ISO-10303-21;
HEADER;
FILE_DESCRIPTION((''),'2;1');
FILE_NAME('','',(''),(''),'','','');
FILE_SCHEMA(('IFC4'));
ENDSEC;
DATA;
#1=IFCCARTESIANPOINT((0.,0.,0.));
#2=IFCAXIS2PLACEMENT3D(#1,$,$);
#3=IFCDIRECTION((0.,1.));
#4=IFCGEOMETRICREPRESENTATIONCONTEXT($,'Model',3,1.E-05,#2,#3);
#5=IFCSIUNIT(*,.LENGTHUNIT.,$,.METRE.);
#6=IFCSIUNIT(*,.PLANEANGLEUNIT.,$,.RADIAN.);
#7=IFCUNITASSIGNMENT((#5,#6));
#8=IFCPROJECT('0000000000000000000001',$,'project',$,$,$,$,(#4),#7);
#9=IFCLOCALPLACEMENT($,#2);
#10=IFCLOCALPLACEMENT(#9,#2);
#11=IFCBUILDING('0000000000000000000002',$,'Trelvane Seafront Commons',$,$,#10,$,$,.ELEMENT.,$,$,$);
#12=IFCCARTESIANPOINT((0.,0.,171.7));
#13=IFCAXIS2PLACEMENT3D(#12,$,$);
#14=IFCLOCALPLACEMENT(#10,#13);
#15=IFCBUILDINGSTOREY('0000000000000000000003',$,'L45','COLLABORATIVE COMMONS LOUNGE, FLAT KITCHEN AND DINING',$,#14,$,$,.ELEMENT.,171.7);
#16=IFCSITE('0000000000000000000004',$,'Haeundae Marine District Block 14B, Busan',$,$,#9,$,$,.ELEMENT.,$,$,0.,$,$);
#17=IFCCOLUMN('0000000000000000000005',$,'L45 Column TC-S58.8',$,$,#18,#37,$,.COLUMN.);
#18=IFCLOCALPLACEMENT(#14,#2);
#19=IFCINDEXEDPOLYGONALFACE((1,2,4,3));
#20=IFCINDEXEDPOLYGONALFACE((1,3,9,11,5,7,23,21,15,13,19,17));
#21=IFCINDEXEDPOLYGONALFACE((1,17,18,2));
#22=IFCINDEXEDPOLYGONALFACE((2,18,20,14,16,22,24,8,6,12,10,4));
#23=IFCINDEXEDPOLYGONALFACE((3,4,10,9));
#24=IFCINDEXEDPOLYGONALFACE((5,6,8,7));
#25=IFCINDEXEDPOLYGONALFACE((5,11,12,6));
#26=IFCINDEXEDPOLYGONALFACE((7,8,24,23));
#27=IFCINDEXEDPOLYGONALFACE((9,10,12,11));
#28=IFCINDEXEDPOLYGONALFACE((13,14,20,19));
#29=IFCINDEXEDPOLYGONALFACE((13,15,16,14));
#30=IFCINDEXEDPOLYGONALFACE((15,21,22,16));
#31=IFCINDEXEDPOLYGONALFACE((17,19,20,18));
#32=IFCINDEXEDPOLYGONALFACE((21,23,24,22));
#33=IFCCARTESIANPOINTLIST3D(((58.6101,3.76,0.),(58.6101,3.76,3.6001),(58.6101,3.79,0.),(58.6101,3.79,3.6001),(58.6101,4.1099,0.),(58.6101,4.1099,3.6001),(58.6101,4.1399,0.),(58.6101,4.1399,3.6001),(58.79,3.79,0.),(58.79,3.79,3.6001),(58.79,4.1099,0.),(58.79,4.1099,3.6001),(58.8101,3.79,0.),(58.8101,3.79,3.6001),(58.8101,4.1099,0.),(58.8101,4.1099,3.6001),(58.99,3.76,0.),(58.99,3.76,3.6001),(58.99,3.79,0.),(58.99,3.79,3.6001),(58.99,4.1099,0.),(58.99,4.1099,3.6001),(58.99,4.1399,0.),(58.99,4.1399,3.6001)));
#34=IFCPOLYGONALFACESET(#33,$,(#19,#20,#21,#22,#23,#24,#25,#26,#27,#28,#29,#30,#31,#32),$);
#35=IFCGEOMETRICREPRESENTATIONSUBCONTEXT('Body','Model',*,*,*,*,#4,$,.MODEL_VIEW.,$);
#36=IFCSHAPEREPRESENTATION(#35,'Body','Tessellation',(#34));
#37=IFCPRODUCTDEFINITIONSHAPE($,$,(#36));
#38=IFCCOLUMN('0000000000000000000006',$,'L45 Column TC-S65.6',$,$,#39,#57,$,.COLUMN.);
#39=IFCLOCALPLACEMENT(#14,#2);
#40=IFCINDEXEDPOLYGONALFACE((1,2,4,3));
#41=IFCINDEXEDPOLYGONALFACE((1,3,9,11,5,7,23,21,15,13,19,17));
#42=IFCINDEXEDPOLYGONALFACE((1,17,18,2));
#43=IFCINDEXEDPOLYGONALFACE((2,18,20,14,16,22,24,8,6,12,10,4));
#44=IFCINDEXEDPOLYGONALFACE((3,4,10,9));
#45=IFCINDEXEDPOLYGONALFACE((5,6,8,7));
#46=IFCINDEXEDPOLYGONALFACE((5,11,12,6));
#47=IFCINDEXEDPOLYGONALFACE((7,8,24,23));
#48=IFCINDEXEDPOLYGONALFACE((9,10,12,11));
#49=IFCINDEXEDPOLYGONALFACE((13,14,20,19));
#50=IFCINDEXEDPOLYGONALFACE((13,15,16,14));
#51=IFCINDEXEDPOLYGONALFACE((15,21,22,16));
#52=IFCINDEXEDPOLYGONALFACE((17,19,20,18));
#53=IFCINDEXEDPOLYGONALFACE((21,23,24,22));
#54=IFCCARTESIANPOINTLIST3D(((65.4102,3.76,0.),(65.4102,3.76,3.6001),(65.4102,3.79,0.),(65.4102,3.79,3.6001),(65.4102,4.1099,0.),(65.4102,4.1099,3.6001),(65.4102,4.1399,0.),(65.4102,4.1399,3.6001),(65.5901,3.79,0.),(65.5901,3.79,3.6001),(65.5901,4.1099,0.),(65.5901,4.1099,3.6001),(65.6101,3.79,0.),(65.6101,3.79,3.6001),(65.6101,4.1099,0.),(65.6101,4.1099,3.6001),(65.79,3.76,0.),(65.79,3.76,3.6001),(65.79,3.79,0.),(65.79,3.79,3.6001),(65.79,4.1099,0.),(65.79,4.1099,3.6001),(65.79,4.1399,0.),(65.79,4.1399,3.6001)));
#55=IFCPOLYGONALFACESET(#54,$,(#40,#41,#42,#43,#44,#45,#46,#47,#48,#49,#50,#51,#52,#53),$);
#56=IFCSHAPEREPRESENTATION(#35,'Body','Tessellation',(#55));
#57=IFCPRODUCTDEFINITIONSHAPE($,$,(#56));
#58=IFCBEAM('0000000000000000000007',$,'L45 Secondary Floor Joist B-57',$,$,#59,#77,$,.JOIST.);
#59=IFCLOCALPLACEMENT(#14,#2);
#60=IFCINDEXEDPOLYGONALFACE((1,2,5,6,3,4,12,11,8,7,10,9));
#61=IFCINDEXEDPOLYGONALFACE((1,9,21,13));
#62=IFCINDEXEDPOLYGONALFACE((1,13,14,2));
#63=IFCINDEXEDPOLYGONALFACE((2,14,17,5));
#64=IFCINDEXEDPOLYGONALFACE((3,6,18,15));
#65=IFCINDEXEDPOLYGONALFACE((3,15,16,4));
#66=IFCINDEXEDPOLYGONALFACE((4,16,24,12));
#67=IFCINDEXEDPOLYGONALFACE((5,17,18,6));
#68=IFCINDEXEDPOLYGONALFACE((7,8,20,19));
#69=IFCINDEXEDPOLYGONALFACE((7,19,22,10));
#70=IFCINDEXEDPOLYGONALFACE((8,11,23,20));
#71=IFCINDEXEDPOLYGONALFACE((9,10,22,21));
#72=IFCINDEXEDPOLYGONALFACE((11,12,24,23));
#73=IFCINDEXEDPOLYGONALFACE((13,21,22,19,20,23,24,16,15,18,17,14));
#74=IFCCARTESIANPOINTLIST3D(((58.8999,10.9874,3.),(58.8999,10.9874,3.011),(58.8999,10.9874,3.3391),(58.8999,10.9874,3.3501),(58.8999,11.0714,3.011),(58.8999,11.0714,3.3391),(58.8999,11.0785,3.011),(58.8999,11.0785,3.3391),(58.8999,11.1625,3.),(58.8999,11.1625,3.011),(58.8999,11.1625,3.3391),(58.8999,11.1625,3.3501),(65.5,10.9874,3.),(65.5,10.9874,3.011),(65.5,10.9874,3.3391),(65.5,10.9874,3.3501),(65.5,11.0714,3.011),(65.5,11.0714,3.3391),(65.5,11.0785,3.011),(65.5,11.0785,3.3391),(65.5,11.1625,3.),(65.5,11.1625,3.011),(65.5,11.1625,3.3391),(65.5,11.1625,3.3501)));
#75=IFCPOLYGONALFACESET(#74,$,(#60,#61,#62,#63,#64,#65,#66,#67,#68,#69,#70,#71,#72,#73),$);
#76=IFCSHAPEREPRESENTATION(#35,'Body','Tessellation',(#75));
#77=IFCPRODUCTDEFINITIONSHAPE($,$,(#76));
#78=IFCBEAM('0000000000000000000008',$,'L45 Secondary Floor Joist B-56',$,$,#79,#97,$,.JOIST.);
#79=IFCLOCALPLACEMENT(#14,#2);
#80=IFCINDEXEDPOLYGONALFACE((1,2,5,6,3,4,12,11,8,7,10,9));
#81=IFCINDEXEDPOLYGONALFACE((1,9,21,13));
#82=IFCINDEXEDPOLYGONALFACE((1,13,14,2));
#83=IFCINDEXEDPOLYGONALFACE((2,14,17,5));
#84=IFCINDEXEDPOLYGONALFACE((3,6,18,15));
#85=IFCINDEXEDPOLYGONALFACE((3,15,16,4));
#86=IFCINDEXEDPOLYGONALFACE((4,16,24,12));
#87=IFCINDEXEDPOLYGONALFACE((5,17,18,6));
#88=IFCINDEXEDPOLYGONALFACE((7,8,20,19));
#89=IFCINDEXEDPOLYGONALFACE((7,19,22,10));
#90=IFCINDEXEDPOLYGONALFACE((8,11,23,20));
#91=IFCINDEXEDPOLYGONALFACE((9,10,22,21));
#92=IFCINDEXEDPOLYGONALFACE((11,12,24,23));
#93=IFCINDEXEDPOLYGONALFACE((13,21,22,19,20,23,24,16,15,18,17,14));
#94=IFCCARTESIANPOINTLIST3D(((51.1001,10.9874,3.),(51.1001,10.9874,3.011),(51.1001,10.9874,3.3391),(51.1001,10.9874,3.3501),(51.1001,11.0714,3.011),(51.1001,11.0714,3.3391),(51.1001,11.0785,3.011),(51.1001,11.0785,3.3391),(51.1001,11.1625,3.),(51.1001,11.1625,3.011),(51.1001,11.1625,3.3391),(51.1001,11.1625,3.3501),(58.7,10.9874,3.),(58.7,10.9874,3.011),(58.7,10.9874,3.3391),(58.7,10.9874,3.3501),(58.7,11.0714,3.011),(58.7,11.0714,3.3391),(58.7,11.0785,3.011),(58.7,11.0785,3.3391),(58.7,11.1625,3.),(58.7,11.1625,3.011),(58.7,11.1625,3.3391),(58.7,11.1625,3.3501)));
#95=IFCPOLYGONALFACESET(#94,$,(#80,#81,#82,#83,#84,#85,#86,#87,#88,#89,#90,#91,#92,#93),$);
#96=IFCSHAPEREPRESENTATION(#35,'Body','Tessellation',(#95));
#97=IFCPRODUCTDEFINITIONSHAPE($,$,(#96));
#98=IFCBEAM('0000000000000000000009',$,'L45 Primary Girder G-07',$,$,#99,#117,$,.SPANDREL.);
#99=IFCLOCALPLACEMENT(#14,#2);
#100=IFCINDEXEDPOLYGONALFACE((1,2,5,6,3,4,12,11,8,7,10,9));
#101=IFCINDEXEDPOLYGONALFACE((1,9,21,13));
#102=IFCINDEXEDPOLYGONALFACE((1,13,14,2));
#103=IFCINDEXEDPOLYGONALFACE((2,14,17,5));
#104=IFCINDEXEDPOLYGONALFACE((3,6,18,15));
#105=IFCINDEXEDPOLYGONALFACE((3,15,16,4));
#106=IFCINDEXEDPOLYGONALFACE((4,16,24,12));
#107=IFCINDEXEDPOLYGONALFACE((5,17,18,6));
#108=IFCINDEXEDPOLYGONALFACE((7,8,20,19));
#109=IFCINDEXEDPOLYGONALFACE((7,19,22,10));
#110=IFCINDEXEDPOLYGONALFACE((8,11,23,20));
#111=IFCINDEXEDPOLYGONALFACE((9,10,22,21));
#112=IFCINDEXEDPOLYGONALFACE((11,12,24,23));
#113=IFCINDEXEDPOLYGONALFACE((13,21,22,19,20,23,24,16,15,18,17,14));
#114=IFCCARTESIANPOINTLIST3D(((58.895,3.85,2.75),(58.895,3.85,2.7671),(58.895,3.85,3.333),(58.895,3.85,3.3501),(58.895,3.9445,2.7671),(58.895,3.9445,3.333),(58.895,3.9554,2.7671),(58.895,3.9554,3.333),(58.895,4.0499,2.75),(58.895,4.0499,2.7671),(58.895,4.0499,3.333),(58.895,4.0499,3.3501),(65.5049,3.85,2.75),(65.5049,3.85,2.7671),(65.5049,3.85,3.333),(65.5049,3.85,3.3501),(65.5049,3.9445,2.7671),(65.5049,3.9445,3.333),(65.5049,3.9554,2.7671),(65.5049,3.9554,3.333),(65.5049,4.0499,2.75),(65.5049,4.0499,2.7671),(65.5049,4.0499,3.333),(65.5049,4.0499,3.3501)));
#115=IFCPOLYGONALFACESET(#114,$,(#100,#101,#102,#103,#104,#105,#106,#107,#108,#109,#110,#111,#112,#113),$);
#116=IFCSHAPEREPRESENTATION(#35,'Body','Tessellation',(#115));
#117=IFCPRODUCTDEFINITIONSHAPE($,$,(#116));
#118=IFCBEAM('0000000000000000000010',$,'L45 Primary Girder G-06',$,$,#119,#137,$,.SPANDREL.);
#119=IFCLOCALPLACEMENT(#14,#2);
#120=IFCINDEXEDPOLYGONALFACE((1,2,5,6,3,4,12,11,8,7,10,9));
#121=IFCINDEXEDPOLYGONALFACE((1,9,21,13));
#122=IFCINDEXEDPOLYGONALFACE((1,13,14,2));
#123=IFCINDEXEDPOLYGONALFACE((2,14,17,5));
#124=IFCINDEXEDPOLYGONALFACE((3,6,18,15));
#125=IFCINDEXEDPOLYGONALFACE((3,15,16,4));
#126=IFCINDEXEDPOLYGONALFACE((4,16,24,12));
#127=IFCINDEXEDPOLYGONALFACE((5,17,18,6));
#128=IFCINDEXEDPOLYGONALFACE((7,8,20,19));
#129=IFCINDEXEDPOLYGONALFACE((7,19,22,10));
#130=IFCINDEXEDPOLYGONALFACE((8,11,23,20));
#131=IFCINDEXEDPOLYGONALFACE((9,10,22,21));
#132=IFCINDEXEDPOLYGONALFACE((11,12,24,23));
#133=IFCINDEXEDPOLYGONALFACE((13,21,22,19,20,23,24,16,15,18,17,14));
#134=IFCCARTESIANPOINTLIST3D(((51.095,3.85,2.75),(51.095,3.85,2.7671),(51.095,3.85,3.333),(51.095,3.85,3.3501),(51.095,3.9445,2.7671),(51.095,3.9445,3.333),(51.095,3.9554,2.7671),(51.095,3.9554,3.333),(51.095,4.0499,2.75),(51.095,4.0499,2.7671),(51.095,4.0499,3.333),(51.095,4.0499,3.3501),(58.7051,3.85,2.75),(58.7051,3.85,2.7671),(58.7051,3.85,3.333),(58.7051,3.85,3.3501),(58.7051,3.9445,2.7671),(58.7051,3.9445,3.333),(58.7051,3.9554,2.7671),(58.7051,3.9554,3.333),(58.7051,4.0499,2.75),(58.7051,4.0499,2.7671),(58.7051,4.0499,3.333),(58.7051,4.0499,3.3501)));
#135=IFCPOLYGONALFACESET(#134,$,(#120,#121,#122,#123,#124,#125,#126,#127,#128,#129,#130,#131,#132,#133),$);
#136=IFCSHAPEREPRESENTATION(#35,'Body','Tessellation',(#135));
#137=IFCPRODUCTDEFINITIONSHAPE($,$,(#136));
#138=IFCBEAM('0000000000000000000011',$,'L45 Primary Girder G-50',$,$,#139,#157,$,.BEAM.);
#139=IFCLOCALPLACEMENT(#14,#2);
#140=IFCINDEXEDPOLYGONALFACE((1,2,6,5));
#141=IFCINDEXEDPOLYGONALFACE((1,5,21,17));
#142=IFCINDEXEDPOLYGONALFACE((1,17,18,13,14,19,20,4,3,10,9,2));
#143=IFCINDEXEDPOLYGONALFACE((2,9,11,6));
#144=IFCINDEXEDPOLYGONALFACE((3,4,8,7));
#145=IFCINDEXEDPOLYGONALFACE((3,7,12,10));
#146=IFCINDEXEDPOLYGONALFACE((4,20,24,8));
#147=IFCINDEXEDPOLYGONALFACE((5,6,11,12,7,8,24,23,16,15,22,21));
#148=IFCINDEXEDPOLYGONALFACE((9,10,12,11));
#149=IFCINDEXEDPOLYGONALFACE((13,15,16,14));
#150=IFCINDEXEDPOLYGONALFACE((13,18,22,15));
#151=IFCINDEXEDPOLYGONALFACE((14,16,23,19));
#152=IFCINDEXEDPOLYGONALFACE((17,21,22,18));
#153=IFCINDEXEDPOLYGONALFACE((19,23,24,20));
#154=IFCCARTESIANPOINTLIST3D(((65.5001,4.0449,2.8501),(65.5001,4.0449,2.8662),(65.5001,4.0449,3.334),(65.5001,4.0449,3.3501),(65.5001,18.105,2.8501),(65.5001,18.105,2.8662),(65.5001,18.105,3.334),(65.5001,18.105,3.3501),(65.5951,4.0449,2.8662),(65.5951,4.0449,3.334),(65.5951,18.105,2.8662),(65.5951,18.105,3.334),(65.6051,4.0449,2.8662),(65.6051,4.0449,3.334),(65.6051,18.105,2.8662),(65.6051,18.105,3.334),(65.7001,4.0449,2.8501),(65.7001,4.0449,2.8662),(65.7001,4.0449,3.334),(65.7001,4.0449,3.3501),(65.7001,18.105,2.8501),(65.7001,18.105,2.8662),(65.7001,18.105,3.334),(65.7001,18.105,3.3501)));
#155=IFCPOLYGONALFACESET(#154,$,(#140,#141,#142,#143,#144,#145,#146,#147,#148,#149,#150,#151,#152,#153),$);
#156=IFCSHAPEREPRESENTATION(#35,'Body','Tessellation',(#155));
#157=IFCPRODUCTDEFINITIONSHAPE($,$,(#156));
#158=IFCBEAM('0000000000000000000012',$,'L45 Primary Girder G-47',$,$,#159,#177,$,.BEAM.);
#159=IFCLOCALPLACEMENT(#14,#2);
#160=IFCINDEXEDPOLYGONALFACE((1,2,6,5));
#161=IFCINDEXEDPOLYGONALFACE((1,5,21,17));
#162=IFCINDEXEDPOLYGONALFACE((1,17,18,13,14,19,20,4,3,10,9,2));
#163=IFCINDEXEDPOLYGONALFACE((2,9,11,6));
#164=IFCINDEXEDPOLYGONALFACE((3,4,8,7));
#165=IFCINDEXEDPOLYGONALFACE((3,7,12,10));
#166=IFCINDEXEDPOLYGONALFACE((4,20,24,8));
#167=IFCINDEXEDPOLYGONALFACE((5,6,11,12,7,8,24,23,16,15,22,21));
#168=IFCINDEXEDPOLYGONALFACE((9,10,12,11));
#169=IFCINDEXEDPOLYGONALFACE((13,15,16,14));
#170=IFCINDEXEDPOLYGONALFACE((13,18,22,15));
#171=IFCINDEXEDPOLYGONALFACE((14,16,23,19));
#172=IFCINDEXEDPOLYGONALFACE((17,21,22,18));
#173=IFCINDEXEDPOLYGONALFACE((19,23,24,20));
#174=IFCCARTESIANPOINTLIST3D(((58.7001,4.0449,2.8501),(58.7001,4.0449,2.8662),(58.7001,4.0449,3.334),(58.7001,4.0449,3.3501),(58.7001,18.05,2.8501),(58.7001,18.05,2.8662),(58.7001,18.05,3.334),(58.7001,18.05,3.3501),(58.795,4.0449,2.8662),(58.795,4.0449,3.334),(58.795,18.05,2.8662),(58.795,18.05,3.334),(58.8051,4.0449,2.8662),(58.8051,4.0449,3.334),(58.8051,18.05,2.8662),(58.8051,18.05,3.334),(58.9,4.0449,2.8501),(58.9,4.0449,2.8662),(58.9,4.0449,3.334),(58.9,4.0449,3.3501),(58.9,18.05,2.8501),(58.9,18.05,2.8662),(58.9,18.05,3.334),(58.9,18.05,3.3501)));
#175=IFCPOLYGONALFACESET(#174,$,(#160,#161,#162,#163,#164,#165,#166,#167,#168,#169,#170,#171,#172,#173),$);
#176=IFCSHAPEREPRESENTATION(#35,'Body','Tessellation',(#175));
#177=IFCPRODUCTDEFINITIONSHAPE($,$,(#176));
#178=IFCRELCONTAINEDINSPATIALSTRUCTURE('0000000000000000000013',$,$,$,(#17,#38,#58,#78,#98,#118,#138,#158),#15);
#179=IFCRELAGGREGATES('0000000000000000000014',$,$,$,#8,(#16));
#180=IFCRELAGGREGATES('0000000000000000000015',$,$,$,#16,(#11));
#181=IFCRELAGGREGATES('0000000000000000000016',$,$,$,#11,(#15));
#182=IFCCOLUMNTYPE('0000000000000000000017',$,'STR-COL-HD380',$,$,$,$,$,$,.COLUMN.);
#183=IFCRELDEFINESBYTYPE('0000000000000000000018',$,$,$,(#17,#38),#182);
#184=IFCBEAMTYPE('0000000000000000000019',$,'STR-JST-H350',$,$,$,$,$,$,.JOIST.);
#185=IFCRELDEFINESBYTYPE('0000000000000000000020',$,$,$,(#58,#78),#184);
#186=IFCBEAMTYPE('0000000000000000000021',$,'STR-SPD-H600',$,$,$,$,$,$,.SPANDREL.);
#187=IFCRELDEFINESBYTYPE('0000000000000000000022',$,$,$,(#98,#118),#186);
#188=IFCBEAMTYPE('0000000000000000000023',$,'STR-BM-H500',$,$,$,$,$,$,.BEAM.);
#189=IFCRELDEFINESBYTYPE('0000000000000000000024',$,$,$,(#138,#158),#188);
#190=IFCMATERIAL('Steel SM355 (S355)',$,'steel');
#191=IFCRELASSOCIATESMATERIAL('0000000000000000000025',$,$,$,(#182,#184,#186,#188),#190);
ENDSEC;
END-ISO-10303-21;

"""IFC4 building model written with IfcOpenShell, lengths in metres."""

from ifc_helpers import new_model, si_unit, direction, frame, origin, origin_2d, place, context, subcontext, project, spatial, i_section, extrude, source, transform, mapped, material, material_profile, profile_set, type_object, element, save


model = new_model("IFC4")

# Units and contexts
model_context = context("Model", 3, precision=1e-05, world=origin(), true_north=direction((0.0, 1.0)))
body_context = subcontext(model_context, "Body", "Model", "MODEL_VIEW")
ifc_project = project(units=[si_unit("LENGTHUNIT", "METRE"), si_unit("PLANEANGLEUNIT", "RADIAN")], contexts=[model_context])

# Site, building, storey
site_placement = place(None, origin())
site = spatial("IfcSite", under=ifc_project, at=site_placement, Name="Haeundae Marine District Block 14B, Busan", CompositionType="ELEMENT", RefElevation=0.0)
building_placement = place(site_placement, origin())
building = spatial("IfcBuilding", under=site, at=building_placement, Name="Trelvane Seafront Commons", CompositionType="ELEMENT")
storey_placement = place(building_placement, frame((0.0, 0.0, 171.7)))
storey = spatial("IfcBuildingStorey", under=building, at=storey_placement, Name="L45", Description="COLLABORATIVE COMMONS LOUNGE, FLAT KITCHEN AND DINING", CompositionType="ELEMENT", Elevation=171.7)

# Columns
ifc_material_1 = material(Name="Steel SM355 (S355)", Category="steel")
ifc_material_profile_1 = material_profile(ifc_material_1, i_section(OverallWidth=0.3799, OverallDepth=0.3799, WebThickness=0.02, FlangeThickness=0.03, at=origin_2d()), Name="HD-380x380x20x30")
ifc_profile_set_1 = profile_set([ifc_material_profile_1], Name="Steel SM355 (S355)")
column_type = type_object("IfcColumnType", Name="STR-COL-HD380", PredefinedType="COLUMN", material=ifc_profile_set_1)
shared_shape_1 = source(origin(), body_context, "Body", "SweptSolid", [
    extrude(i_section(OverallWidth=0.3799, OverallDepth=0.3799, WebThickness=0.02, FlangeThickness=0.03, at=origin_2d()), origin(), (0.0, 0.0, 1.0), 3.6001),
])
for number, where, z_axis, x_axis, name in (
    (1, (58.8, 3.95, 0.0), (0.0, 0.0, 1.0), (1.0, 0.0, 0.0), "L45 Column TC-S58.8"),
    (2, (65.6001, 3.95, 0.0), (0.0, 0.0, 1.0), (1.0, 0.0, 0.0), "L45 Column TC-S65.6"),
):
    element("IfcColumn", number, at=place(storey_placement, frame(where, z_axis=z_axis, x_axis=x_axis)), inside=storey, type_object=column_type, Name=name, PredefinedType="COLUMN", context=body_context, shape_type="MappedRepresentation", body=[
        mapped(shared_shape_1, transform((0.0, 0.0, 0.0), x_axis=(1.0, 0.0, 0.0), y_axis=(0.0, 1.0, 0.0), z_axis=(0.0, 0.0, 1.0), scale=1.0)),
    ])

# Beams
ifc_material_profile_2 = material_profile(ifc_material_1, i_section(OverallWidth=0.175, OverallDepth=0.3501, WebThickness=0.0071, FlangeThickness=0.011, at=origin_2d()), Name="H-350x175x7x11")
ifc_profile_set_2 = profile_set([ifc_material_profile_2], Name="Steel SM355 (S355)")
beam_type_1 = type_object("IfcBeamType", Name="STR-JST-H350", PredefinedType="JOIST", material=ifc_profile_set_2)
shared_shape_2 = source(origin(), body_context, "Body", "SweptSolid", [
    extrude(i_section(OverallWidth=0.175, OverallDepth=0.3501, WebThickness=0.0071, FlangeThickness=0.011, at=origin_2d()), origin(), (0.0, 0.0, 1.0), 6.6001),
])
beam_1_placement = place(storey_placement, frame((58.8999, 11.075, 3.175), z_axis=(1.0, 0.0, 0.0), x_axis=(0.0, 1.0, 0.0)))
element("IfcBeam", 3, at=beam_1_placement, inside=storey, type_object=beam_type_1, Name="L45 Secondary Floor Joist B-57", PredefinedType="JOIST", context=body_context, shape_type="MappedRepresentation", body=[
    mapped(shared_shape_2, transform((0.0, 0.0, 0.0), x_axis=(1.0, 0.0, 0.0), y_axis=(0.0, 1.0, 0.0), z_axis=(0.0, 0.0, 1.0), scale=1.0)),
])
shared_shape_3 = source(origin(), body_context, "Body", "SweptSolid", [
    extrude(i_section(OverallWidth=0.175, OverallDepth=0.3501, WebThickness=0.0071, FlangeThickness=0.011, at=origin_2d()), origin(), (0.0, 0.0, 1.0), 7.5999),
])
beam_2_placement = place(storey_placement, frame((51.1001, 11.075, 3.175), z_axis=(1.0, 0.0, 0.0), x_axis=(0.0, 1.0, 0.0)))
element("IfcBeam", 4, at=beam_2_placement, inside=storey, type_object=beam_type_1, Name="L45 Secondary Floor Joist B-56", PredefinedType="JOIST", context=body_context, shape_type="MappedRepresentation", body=[
    mapped(shared_shape_3, transform((0.0, 0.0, 0.0), x_axis=(1.0, 0.0, 0.0), y_axis=(0.0, 1.0, 0.0), z_axis=(0.0, 0.0, 1.0), scale=1.0)),
])
ifc_material_profile_3 = material_profile(ifc_material_1, i_section(OverallWidth=0.2, OverallDepth=0.6001, WebThickness=0.011, FlangeThickness=0.0171, at=origin_2d()), Name="H-600x200x11x17")
ifc_profile_set_3 = profile_set([ifc_material_profile_3], Name="Steel SM355 (S355)")
beam_type_2 = type_object("IfcBeamType", Name="STR-SPD-H600", PredefinedType="SPANDREL", material=ifc_profile_set_3)
shared_shape_4 = source(origin(), body_context, "Body", "SweptSolid", [
    extrude(i_section(OverallWidth=0.2, OverallDepth=0.6001, WebThickness=0.011, FlangeThickness=0.0171, at=origin_2d()), origin(), (0.0, 0.0, 1.0), 6.6099),
])
beam_3_placement = place(storey_placement, frame((58.895, 3.95, 3.05), z_axis=(1.0, 0.0, 0.0), x_axis=(0.0, 1.0, 0.0)))
element("IfcBeam", 5, at=beam_3_placement, inside=storey, type_object=beam_type_2, Name="L45 Primary Girder G-07", PredefinedType="SPANDREL", context=body_context, shape_type="MappedRepresentation", body=[
    mapped(shared_shape_4, transform((0.0, 0.0, 0.0), x_axis=(1.0, 0.0, 0.0), y_axis=(0.0, 1.0, 0.0), z_axis=(0.0, 0.0, 1.0), scale=1.0)),
])
shared_shape_5 = source(origin(), body_context, "Body", "SweptSolid", [
    extrude(i_section(OverallWidth=0.2, OverallDepth=0.6001, WebThickness=0.011, FlangeThickness=0.0171, at=origin_2d()), origin(), (0.0, 0.0, 1.0), 7.6101),
])
beam_4_placement = place(storey_placement, frame((51.095, 3.95, 3.05), z_axis=(1.0, 0.0, 0.0), x_axis=(0.0, 1.0, 0.0)))
element("IfcBeam", 6, at=beam_4_placement, inside=storey, type_object=beam_type_2, Name="L45 Primary Girder G-06", PredefinedType="SPANDREL", context=body_context, shape_type="MappedRepresentation", body=[
    mapped(shared_shape_5, transform((0.0, 0.0, 0.0), x_axis=(1.0, 0.0, 0.0), y_axis=(0.0, 1.0, 0.0), z_axis=(0.0, 0.0, 1.0), scale=1.0)),
])
ifc_material_profile_4 = material_profile(ifc_material_1, i_section(OverallWidth=0.2, OverallDepth=0.5, WebThickness=0.01, FlangeThickness=0.0161, at=origin_2d()), Name="H-500x200x10x16")
ifc_profile_set_4 = profile_set([ifc_material_profile_4], Name="Steel SM355 (S355)")
beam_type_3 = type_object("IfcBeamType", Name="STR-BM-H500", PredefinedType="BEAM", material=ifc_profile_set_4)
shared_shape_6 = source(origin(), body_context, "Body", "SweptSolid", [
    extrude(i_section(OverallWidth=0.2, OverallDepth=0.5, WebThickness=0.01, FlangeThickness=0.0161, at=origin_2d()), origin(), (0.0, 0.0, 1.0), 14.0601),
])
beam_5_placement = place(storey_placement, frame((65.6001, 4.0449, 3.1001), z_axis=(0.0, 1.0, 0.0), x_axis=(-1.0, 0.0, 0.0)))
element("IfcBeam", 7, at=beam_5_placement, inside=storey, type_object=beam_type_3, Name="L45 Primary Girder G-50", PredefinedType="BEAM", context=body_context, shape_type="MappedRepresentation", body=[
    mapped(shared_shape_6, transform((0.0, 0.0, 0.0), x_axis=(1.0, 0.0, 0.0), y_axis=(0.0, 1.0, 0.0), z_axis=(0.0, 0.0, 1.0), scale=1.0)),
])
shared_shape_7 = source(origin(), body_context, "Body", "SweptSolid", [
    extrude(i_section(OverallWidth=0.2, OverallDepth=0.5, WebThickness=0.01, FlangeThickness=0.0161, at=origin_2d()), origin(), (0.0, 0.0, 1.0), 14.0051),
])
beam_6_placement = place(storey_placement, frame((58.8, 4.0449, 3.1001), z_axis=(0.0, 1.0, 0.0), x_axis=(-1.0, 0.0, 0.0)))
element("IfcBeam", 8, at=beam_6_placement, inside=storey, type_object=beam_type_3, Name="L45 Primary Girder G-47", PredefinedType="BEAM", context=body_context, shape_type="MappedRepresentation", body=[
    mapped(shared_shape_7, transform((0.0, 0.0, 0.0), x_axis=(1.0, 0.0, 0.0), y_axis=(0.0, 1.0, 0.0), z_axis=(0.0, 0.0, 1.0), scale=1.0)),
])

save(model, "model.ifc")
